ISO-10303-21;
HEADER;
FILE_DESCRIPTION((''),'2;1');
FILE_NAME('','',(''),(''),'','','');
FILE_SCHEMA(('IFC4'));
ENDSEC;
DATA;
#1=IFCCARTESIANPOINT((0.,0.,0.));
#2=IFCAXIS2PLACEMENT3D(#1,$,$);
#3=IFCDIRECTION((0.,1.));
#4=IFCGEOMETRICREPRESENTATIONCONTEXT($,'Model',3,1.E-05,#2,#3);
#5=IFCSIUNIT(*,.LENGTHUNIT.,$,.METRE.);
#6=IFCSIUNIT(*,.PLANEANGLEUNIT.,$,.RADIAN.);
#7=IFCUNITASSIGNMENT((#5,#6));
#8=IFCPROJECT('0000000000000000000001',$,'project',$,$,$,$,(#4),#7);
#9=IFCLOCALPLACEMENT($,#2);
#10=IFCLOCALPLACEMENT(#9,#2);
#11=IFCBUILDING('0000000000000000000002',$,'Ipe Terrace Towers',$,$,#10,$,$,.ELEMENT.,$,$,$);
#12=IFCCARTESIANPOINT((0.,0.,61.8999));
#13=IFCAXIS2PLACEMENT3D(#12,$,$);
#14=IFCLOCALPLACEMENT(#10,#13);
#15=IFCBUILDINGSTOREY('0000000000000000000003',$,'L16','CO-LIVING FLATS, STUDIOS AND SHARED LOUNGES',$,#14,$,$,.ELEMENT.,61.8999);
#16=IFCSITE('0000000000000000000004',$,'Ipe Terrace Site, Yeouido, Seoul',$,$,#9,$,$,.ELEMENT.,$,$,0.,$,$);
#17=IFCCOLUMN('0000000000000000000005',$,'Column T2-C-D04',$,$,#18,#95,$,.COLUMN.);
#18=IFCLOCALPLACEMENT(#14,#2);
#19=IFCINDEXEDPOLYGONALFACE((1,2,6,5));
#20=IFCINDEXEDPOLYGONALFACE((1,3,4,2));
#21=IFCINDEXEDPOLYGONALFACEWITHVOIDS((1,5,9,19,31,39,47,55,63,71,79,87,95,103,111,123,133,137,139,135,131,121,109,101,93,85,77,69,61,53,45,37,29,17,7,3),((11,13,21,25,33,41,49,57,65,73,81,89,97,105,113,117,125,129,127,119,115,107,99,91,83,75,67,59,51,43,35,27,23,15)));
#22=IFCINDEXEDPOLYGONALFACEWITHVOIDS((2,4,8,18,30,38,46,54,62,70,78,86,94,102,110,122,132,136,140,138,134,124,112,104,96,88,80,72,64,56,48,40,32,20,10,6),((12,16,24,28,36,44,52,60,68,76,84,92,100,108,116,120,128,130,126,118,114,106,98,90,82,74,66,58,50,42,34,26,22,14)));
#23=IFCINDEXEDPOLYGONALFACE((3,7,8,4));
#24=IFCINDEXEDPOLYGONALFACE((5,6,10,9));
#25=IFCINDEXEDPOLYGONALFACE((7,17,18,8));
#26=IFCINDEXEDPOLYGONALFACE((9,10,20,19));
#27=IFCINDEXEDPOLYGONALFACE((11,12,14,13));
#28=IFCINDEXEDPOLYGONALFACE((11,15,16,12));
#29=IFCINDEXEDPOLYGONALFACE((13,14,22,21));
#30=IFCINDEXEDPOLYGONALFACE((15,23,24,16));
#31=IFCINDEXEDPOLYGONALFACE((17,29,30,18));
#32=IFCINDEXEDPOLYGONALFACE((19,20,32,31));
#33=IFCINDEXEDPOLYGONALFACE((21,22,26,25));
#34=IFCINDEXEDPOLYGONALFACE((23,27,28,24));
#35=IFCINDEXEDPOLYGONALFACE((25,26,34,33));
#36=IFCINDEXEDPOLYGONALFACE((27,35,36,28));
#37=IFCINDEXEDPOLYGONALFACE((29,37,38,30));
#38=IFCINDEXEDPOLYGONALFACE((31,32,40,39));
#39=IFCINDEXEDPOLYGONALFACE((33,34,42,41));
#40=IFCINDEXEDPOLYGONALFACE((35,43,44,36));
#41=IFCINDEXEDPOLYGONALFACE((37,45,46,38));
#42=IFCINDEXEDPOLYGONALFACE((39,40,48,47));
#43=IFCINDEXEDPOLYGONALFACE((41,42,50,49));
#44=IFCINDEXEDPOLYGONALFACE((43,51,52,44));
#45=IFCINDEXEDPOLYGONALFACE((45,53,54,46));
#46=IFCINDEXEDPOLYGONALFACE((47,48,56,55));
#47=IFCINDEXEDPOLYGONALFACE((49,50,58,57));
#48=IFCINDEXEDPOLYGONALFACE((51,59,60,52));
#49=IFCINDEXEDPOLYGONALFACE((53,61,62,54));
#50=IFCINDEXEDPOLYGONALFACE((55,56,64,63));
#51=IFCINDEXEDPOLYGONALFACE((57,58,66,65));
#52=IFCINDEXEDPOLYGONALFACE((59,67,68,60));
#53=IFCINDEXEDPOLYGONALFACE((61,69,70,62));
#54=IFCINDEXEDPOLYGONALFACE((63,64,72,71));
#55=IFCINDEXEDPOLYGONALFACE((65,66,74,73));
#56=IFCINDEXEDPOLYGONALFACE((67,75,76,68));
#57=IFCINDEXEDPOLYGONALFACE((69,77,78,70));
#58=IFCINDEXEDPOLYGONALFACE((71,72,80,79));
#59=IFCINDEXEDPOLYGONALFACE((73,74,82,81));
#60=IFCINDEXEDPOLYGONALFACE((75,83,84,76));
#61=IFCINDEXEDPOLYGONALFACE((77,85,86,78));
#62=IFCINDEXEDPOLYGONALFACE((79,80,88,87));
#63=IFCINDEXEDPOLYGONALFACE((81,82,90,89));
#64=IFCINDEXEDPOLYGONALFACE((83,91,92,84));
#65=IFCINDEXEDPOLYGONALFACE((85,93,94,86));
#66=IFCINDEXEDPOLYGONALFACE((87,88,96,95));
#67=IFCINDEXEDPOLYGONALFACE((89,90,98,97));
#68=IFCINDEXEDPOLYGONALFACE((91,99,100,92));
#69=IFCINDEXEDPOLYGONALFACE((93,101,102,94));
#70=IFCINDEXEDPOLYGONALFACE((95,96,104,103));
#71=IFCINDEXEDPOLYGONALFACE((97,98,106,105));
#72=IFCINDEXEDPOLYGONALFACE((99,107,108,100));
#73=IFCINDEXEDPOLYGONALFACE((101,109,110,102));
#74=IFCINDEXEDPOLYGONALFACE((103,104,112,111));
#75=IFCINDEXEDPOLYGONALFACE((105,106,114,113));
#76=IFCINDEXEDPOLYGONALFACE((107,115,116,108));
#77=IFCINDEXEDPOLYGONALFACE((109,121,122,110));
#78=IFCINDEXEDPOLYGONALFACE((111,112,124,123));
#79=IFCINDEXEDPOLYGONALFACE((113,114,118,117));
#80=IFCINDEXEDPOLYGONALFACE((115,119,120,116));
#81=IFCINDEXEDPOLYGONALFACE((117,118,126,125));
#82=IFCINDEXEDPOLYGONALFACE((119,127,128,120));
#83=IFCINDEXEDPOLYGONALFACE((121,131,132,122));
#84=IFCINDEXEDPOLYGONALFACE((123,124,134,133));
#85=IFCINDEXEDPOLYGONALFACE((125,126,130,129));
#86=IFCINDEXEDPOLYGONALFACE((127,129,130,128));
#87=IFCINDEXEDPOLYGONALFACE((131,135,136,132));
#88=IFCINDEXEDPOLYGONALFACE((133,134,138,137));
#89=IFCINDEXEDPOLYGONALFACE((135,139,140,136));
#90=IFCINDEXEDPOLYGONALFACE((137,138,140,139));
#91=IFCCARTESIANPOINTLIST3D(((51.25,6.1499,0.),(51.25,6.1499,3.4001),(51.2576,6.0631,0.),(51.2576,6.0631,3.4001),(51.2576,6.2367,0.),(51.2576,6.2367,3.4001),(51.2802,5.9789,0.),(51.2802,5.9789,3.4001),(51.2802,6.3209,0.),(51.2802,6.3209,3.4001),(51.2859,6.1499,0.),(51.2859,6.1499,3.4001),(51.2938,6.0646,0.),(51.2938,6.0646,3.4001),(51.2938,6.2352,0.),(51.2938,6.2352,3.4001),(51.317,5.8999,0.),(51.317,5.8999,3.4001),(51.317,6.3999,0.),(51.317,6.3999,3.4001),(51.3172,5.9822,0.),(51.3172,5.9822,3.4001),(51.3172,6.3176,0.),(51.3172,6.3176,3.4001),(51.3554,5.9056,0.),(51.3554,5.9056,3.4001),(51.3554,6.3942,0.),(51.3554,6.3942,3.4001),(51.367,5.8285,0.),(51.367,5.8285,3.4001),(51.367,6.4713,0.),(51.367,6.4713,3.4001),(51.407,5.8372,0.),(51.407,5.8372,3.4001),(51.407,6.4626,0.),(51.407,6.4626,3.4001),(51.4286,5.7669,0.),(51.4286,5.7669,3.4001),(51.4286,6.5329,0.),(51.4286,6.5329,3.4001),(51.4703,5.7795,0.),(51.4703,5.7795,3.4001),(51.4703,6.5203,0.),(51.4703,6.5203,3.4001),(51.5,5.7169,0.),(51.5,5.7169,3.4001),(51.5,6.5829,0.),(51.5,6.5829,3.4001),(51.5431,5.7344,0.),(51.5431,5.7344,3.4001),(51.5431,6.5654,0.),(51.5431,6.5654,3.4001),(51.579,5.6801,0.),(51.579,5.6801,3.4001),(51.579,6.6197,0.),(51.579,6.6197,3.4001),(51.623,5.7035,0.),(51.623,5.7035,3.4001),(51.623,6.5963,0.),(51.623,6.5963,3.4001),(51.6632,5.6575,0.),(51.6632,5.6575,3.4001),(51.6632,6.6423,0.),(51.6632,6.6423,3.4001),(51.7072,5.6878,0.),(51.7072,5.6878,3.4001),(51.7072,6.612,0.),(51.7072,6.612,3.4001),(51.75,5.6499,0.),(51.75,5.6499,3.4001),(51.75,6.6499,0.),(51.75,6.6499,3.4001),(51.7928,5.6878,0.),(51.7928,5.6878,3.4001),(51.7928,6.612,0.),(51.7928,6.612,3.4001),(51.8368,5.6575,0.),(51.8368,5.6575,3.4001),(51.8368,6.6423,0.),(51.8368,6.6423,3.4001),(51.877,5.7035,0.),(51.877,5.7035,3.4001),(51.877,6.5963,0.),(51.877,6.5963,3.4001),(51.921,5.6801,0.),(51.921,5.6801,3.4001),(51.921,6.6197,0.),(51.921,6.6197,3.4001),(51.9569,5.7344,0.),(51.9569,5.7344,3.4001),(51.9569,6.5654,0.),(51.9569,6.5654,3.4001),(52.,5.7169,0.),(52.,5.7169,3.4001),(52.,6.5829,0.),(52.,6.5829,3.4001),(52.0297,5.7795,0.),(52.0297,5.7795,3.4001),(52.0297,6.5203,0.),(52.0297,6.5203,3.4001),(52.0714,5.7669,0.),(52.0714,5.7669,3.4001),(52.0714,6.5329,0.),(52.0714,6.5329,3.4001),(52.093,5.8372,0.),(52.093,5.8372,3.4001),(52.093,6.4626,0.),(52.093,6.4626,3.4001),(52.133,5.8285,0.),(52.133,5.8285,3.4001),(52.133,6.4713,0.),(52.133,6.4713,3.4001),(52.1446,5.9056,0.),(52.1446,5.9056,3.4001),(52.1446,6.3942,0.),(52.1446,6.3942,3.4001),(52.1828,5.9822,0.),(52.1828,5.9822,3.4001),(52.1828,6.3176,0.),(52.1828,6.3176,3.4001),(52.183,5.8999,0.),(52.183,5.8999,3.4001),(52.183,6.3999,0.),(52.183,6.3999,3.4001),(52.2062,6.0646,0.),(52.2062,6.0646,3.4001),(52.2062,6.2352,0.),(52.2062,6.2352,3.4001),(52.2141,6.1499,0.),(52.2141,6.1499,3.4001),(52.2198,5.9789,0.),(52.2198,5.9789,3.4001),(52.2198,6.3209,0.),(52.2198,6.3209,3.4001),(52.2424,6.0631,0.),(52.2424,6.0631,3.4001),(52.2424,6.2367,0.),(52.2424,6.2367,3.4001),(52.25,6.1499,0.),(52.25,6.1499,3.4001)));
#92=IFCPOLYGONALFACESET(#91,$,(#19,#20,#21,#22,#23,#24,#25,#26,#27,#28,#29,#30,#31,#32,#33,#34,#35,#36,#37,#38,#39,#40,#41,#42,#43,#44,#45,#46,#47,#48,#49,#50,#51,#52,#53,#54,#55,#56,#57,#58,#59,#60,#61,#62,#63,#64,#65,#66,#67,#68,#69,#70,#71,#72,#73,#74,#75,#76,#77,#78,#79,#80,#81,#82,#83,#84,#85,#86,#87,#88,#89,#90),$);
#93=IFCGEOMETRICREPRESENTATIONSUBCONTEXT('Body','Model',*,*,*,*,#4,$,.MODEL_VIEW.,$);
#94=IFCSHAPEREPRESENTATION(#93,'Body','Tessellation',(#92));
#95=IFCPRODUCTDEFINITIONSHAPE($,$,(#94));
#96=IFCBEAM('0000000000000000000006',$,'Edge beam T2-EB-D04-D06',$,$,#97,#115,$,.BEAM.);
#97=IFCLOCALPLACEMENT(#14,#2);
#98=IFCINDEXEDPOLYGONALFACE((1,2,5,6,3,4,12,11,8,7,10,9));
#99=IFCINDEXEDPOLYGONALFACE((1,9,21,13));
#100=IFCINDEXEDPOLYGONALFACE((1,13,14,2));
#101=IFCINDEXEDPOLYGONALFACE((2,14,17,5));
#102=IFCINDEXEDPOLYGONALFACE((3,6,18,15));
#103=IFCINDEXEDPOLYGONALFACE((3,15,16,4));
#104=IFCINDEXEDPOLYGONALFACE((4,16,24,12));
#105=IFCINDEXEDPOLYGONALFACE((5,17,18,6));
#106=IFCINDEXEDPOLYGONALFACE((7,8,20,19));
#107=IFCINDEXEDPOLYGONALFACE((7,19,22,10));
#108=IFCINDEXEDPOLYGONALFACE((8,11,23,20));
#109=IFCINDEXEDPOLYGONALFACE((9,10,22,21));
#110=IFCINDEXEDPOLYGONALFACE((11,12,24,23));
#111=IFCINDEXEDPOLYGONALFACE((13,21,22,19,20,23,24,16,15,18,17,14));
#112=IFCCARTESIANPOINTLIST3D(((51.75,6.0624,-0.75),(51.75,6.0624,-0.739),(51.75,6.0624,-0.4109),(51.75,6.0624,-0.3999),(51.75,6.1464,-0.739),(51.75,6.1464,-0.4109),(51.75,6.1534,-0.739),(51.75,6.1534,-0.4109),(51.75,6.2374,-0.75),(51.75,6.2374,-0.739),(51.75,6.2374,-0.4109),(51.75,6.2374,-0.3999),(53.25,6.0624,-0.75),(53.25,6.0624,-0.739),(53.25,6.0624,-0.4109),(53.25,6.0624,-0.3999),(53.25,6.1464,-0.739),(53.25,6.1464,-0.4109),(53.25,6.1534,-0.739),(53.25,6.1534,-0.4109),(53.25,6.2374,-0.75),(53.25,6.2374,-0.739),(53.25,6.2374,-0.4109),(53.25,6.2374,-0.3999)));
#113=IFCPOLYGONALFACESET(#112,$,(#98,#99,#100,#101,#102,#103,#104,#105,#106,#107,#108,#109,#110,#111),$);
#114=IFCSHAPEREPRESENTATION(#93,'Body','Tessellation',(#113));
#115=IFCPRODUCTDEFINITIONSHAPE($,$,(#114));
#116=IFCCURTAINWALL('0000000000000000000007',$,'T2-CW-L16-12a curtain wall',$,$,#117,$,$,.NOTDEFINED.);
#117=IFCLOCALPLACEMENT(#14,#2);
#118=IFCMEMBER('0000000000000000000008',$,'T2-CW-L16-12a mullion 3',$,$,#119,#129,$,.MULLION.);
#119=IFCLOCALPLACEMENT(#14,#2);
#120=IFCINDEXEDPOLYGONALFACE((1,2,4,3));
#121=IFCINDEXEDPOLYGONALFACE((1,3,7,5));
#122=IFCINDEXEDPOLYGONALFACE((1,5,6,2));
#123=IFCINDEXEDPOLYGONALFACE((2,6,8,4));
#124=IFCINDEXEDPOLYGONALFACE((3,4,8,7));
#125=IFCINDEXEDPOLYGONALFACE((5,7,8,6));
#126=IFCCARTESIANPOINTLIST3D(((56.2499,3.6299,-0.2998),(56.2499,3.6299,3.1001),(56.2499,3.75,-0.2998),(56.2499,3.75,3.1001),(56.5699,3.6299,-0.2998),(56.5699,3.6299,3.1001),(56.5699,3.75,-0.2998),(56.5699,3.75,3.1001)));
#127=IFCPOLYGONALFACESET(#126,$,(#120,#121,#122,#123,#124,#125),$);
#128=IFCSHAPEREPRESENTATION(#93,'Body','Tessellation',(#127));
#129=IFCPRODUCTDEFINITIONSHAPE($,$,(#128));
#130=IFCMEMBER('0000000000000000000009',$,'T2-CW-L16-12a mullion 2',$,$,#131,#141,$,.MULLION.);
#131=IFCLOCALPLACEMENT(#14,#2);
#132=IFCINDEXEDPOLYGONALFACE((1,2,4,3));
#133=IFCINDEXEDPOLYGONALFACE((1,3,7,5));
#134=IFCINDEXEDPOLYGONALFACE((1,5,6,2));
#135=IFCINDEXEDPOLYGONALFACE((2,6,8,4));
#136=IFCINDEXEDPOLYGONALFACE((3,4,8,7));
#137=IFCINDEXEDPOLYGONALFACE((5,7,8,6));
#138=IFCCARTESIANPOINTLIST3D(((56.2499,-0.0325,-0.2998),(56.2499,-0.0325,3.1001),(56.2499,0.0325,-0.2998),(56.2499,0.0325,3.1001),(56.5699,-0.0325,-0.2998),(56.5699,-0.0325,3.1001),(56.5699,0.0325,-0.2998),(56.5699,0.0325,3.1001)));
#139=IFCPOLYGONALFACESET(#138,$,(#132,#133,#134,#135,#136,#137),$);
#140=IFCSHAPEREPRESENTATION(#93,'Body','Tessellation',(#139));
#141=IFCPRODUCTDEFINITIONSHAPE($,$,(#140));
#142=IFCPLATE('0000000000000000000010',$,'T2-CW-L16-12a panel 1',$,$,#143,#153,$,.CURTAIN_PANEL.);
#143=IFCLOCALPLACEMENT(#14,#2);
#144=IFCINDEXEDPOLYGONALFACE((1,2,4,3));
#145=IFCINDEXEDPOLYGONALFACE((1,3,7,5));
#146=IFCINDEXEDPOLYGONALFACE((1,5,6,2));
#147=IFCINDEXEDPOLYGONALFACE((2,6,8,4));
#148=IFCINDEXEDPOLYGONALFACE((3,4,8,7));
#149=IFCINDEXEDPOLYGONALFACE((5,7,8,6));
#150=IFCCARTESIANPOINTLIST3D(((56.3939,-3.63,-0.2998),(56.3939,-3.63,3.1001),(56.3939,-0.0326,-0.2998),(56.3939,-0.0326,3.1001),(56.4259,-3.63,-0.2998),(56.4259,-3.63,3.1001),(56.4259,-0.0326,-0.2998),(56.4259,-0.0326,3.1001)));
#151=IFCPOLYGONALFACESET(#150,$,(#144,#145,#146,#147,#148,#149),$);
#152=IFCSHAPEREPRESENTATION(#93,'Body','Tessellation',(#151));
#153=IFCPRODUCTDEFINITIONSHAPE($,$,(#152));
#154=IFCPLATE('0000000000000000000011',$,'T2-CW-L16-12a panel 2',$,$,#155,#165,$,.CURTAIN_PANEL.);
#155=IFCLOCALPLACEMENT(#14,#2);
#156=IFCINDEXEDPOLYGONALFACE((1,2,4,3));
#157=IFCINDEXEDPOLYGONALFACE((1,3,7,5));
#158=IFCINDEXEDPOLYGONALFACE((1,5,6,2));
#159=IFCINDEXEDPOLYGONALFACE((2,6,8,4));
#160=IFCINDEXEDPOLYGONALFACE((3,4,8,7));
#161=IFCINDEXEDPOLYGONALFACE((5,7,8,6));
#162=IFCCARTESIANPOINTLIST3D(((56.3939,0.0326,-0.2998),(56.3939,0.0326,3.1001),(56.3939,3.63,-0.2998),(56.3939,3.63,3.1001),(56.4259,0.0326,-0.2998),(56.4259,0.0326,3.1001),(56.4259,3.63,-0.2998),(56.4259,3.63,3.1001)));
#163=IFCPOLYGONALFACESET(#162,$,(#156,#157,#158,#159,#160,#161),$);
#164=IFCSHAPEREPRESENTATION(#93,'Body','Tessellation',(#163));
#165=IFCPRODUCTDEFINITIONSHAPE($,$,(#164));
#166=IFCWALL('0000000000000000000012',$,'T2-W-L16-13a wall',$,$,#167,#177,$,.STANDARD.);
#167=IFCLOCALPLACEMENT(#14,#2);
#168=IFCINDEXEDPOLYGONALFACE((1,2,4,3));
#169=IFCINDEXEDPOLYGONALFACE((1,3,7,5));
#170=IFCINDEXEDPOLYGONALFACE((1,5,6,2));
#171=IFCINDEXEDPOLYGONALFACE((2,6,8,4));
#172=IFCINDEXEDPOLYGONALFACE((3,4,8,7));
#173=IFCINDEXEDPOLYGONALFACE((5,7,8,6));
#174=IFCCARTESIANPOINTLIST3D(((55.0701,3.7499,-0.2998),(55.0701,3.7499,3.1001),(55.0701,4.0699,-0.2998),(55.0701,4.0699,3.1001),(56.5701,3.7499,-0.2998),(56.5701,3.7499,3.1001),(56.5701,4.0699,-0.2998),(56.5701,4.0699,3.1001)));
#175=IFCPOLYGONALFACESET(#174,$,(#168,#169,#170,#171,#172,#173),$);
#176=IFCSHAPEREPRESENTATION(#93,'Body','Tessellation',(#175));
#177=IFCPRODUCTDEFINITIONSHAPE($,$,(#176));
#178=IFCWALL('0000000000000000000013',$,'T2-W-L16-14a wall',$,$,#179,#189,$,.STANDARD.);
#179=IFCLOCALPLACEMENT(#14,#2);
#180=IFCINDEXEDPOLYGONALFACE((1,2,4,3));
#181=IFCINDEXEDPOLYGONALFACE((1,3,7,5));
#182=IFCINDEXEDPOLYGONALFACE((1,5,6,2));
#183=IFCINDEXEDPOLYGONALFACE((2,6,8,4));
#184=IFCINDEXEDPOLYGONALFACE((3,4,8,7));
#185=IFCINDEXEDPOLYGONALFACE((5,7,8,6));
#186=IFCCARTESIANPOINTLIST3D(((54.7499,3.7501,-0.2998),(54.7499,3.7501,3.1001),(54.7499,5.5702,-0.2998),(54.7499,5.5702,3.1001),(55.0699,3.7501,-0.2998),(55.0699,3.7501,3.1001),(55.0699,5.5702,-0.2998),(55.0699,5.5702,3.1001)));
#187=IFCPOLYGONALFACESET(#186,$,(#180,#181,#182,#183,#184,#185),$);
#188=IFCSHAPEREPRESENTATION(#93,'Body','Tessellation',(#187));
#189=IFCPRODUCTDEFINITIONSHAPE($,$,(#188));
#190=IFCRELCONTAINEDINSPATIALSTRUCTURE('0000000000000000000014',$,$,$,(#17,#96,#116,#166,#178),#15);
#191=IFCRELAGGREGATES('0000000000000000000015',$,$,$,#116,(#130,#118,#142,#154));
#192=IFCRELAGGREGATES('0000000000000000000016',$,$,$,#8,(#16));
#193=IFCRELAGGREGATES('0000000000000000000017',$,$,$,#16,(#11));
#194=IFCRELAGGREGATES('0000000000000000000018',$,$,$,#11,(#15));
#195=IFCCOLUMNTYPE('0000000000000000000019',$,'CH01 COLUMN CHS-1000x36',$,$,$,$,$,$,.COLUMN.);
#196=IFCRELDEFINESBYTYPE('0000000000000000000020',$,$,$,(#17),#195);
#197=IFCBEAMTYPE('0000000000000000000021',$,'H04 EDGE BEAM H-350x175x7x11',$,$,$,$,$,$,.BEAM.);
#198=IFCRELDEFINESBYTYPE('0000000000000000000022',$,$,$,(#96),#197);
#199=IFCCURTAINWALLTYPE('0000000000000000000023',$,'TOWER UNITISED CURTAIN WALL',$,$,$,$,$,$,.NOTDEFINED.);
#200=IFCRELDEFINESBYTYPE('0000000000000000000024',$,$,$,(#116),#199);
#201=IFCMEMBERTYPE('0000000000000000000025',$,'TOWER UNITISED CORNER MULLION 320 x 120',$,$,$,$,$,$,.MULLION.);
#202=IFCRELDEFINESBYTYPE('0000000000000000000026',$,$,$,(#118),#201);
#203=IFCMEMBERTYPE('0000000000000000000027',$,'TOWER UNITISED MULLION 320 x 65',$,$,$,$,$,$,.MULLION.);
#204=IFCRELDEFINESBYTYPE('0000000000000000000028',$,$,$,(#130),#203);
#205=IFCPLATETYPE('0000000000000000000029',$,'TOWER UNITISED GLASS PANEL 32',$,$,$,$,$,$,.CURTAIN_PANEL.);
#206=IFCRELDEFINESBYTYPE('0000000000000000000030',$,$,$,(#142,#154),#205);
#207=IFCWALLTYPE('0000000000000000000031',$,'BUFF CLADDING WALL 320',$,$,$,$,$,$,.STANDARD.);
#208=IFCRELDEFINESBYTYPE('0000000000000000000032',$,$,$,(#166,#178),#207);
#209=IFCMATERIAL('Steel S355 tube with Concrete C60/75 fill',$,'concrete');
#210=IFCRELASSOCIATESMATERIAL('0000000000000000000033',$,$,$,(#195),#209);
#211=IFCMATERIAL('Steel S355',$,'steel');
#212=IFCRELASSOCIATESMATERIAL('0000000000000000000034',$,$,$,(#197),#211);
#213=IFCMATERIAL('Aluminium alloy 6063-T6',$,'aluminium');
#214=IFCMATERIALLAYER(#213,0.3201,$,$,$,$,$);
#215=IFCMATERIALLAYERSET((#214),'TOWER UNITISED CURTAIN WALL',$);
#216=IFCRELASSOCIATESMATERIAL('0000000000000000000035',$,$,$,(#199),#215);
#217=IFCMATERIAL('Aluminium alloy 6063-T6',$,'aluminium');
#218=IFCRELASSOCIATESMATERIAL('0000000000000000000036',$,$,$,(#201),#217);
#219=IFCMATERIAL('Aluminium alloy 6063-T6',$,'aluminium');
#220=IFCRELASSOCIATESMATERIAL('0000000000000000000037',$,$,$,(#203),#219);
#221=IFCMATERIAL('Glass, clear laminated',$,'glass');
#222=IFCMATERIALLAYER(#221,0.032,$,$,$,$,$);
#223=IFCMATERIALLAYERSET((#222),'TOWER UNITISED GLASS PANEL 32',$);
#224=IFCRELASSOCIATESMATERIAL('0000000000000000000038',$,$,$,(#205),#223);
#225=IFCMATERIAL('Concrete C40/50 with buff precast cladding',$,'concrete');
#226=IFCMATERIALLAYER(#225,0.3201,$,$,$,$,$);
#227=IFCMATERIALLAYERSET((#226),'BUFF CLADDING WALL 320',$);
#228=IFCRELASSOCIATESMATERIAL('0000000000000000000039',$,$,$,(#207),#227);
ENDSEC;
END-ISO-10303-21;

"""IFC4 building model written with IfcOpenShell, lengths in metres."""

from ifc_helpers import new_model, si_unit, direction, frame, frame_2d, origin, origin_2d, place, context, subcontext, project, spatial, rectangle, hollow_circle, i_section, extrude, material, layer, layer_set, material_profile, profile_set, type_object, element, aggregate, save


model = new_model("IFC4")

# Units and contexts
model_context = context("Model", 3, precision=1e-05, world=origin(), true_north=direction((0.0, 1.0)))
body_context = subcontext(model_context, "Body", "Model", "MODEL_VIEW")
ifc_project = project(units=[si_unit("LENGTHUNIT", "METRE"), si_unit("PLANEANGLEUNIT", "RADIAN")], contexts=[model_context])

# Site, building, storey
site_placement = place(None, origin())
site = spatial("IfcSite", under=ifc_project, at=site_placement, Name="Ipe Terrace Site, Yeouido, Seoul", CompositionType="ELEMENT", RefElevation=0.0)
building_placement = place(site_placement, origin())
building = spatial("IfcBuilding", under=site, at=building_placement, Name="Ipe Terrace Towers", CompositionType="ELEMENT")
storey_placement = place(building_placement, frame((0.0, 0.0, 61.8999)))
storey = spatial("IfcBuildingStorey", under=building, at=storey_placement, Name="L16", Description="CO-LIVING FLATS, STUDIOS AND SHARED LOUNGES", CompositionType="ELEMENT", Elevation=61.8999)

# Column
ifc_material_1 = material(Name="Steel S355 tube with Concrete C60/75 fill", Category="concrete")
ifc_material_profile_1 = material_profile(ifc_material_1, hollow_circle(Radius=0.5, WallThickness=0.0359, at=origin_2d()), Name="CHS-1000x36")
ifc_profile_set_1 = profile_set([ifc_material_profile_1], Name="Steel S355 tube with Concrete C60/75 fill")
column_type = type_object("IfcColumnType", Name="CH01 COLUMN CHS-1000x36", PredefinedType="COLUMN", material=ifc_profile_set_1)
column_placement = place(storey_placement, frame((51.75, 6.1499, 0.0), z_axis=(0.0, 0.0, 1.0), x_axis=(1.0, 0.0, 0.0)))
element("IfcColumn", 1, at=column_placement, inside=storey, type_object=column_type, Name="Column T2-C-D04", PredefinedType="COLUMN", context=body_context, shape_type="SweptSolid", body=[
    extrude(hollow_circle(Radius=0.5, WallThickness=0.0359, at=origin_2d()), origin(), (0.0, 0.0, 1.0), 3.4001),
])

# Beam
ifc_material_2 = material(Name="Steel S355", Category="steel")
ifc_material_profile_2 = material_profile(ifc_material_2, i_section(OverallWidth=0.175, OverallDepth=0.3501, WebThickness=0.0071, FlangeThickness=0.011, at=origin_2d()), Name="H-350x175x7x11")
ifc_profile_set_2 = profile_set([ifc_material_profile_2], Name="Steel S355")
beam_type = type_object("IfcBeamType", Name="H04 EDGE BEAM H-350x175x7x11", PredefinedType="BEAM", material=ifc_profile_set_2)
beam_placement = place(storey_placement, frame((51.75, 6.1499, -0.575), z_axis=(1.0, 0.0, 0.0), x_axis=(0.0, 1.0, 0.0)))
element("IfcBeam", 2, at=beam_placement, inside=storey, type_object=beam_type, Name="Edge beam T2-EB-D04-D06", PredefinedType="BEAM", context=body_context, shape_type="SweptSolid", body=[
    extrude(i_section(OverallWidth=0.175, OverallDepth=0.3501, WebThickness=0.0071, FlangeThickness=0.011, at=origin_2d()), origin(), (0.0, 0.0, 1.0), 1.5),
])

# Curtain wall, members, plates
ifc_material_3 = material(Name="Aluminium alloy 6063-T6", Category="aluminium")
ifc_layer_1 = layer(ifc_material_3, 0.3201)
ifc_layer_set_1 = layer_set([ifc_layer_1], Name="TOWER UNITISED CURTAIN WALL")
curtain_wall_type = type_object("IfcCurtainWallType", Name="TOWER UNITISED CURTAIN WALL", PredefinedType="NOTDEFINED", material=ifc_layer_set_1)
curtain_wall_placement = place(storey_placement, origin())
curtain_wall = element("IfcCurtainWall", 3, at=curtain_wall_placement, inside=storey, type_object=curtain_wall_type, Name="T2-CW-L16-12a curtain wall", PredefinedType="NOTDEFINED")
ifc_material_4 = material(Name="Aluminium alloy 6063-T6", Category="aluminium")
ifc_material_profile_3 = material_profile(ifc_material_4, rectangle(XDim=0.3201, YDim=0.1201, at=origin_2d()), Name="TOWER UNITISED CORNER MULLION 320 x 120")
ifc_profile_set_3 = profile_set([ifc_material_profile_3], Name="Aluminium alloy 6063-T6")
member_type_1 = type_object("IfcMemberType", Name="TOWER UNITISED CORNER MULLION 320 x 120", PredefinedType="MULLION", material=ifc_profile_set_3)
member_1_placement = place(storey_placement, frame((56.4099, 3.6899, -0.2998), z_axis=(0.0, 0.0, 1.0), x_axis=(1.0, 0.0, 0.0)))
member_1 = element("IfcMember", 4, at=member_1_placement, type_object=member_type_1, Name="T2-CW-L16-12a mullion 3", PredefinedType="MULLION", context=body_context, shape_type="SweptSolid", body=[
    extrude(rectangle(XDim=0.3201, YDim=0.1201, at=origin_2d()), origin(), (0.0, 0.0, 1.0), 3.3999),
])
ifc_material_5 = material(Name="Aluminium alloy 6063-T6", Category="aluminium")
ifc_material_profile_4 = material_profile(ifc_material_5, rectangle(XDim=0.3201, YDim=0.0649, at=origin_2d()), Name="TOWER UNITISED MULLION 320 x 65")
ifc_profile_set_4 = profile_set([ifc_material_profile_4], Name="Aluminium alloy 6063-T6")
member_type_2 = type_object("IfcMemberType", Name="TOWER UNITISED MULLION 320 x 65", PredefinedType="MULLION", material=ifc_profile_set_4)
member_2_placement = place(storey_placement, frame((56.4099, 0.0, -0.2998), z_axis=(0.0, 0.0, 1.0), x_axis=(1.0, 0.0, 0.0)))
member_2 = element("IfcMember", 5, at=member_2_placement, type_object=member_type_2, Name="T2-CW-L16-12a mullion 2", PredefinedType="MULLION", context=body_context, shape_type="SweptSolid", body=[
    extrude(rectangle(XDim=0.3201, YDim=0.0649, at=origin_2d()), origin(), (0.0, 0.0, 1.0), 3.3999),
])
ifc_material_6 = material(Name="Glass, clear laminated", Category="glass")
ifc_layer_2 = layer(ifc_material_6, 0.032)
ifc_layer_set_2 = layer_set([ifc_layer_2], Name="TOWER UNITISED GLASS PANEL 32")
plate_type = type_object("IfcPlateType", Name="TOWER UNITISED GLASS PANEL 32", PredefinedType="CURTAIN_PANEL", material=ifc_layer_set_2)
plate_1_placement = place(storey_placement, frame((56.4099, -1.8313, -0.2998), z_axis=(0.0, 0.0, 1.0), x_axis=(0.0, 1.0, 0.0)))
plate_1 = element("IfcPlate", 6, at=plate_1_placement, type_object=plate_type, Name="T2-CW-L16-12a panel 1", PredefinedType="CURTAIN_PANEL", context=body_context, shape_type="SweptSolid", body=[
    extrude(rectangle(XDim=3.5974, YDim=0.032, at=origin_2d()), origin(), (0.0, 0.0, 1.0), 3.3999),
])
plate_2_placement = place(storey_placement, frame((56.4099, 1.8313, -0.2998), z_axis=(0.0, 0.0, 1.0), x_axis=(0.0, 1.0, 0.0)))
plate_2 = element("IfcPlate", 7, at=plate_2_placement, type_object=plate_type, Name="T2-CW-L16-12a panel 2", PredefinedType="CURTAIN_PANEL", context=body_context, shape_type="SweptSolid", body=[
    extrude(rectangle(XDim=3.5974, YDim=0.032, at=origin_2d()), origin(), (0.0, 0.0, 1.0), 3.3999),
])
aggregate(curtain_wall, [member_2, member_1, plate_1, plate_2])

# Walls
ifc_material_7 = material(Name="Concrete C40/50 with buff precast cladding", Category="concrete")
ifc_layer_3 = layer(ifc_material_7, 0.3201)
ifc_layer_set_3 = layer_set([ifc_layer_3], Name="BUFF CLADDING WALL 320")
wall_type_1 = type_object("IfcWallType", Name="BUFF CLADDING WALL 320", PredefinedType="STANDARD", material=ifc_layer_set_3)
wall_1_placement = place(storey_placement, frame((56.5701, 3.9099, -0.2998), z_axis=(0.0, 0.0, 1.0), x_axis=(-1.0, 0.0, 0.0)))
element("IfcWall", 8, at=wall_1_placement, inside=storey, type_object=wall_type_1, Name="T2-W-L16-13a wall", PredefinedType="STANDARD", context=body_context, shape_type="SweptSolid", body=[
    extrude(rectangle(XDim=1.5, YDim=0.3201, at=frame_2d((0.75, 0.0))), origin(), (0.0, 0.0, 1.0), 3.3999),
])
wall_2_placement = place(storey_placement, frame((54.9099, 3.75, -0.2998), z_axis=(0.0, 0.0, 1.0), x_axis=(0.0, 1.0, 0.0)))
element("IfcWall", 9, at=wall_2_placement, inside=storey, type_object=wall_type_1, Name="T2-W-L16-14a wall", PredefinedType="STANDARD", context=body_context, shape_type="SweptSolid", body=[
    extrude(rectangle(XDim=1.8201, YDim=0.3201, at=frame_2d((0.9102, 0.0))), origin(), (0.0, 0.0, 1.0), 3.3999),
])

save(model, "model.ifc")
